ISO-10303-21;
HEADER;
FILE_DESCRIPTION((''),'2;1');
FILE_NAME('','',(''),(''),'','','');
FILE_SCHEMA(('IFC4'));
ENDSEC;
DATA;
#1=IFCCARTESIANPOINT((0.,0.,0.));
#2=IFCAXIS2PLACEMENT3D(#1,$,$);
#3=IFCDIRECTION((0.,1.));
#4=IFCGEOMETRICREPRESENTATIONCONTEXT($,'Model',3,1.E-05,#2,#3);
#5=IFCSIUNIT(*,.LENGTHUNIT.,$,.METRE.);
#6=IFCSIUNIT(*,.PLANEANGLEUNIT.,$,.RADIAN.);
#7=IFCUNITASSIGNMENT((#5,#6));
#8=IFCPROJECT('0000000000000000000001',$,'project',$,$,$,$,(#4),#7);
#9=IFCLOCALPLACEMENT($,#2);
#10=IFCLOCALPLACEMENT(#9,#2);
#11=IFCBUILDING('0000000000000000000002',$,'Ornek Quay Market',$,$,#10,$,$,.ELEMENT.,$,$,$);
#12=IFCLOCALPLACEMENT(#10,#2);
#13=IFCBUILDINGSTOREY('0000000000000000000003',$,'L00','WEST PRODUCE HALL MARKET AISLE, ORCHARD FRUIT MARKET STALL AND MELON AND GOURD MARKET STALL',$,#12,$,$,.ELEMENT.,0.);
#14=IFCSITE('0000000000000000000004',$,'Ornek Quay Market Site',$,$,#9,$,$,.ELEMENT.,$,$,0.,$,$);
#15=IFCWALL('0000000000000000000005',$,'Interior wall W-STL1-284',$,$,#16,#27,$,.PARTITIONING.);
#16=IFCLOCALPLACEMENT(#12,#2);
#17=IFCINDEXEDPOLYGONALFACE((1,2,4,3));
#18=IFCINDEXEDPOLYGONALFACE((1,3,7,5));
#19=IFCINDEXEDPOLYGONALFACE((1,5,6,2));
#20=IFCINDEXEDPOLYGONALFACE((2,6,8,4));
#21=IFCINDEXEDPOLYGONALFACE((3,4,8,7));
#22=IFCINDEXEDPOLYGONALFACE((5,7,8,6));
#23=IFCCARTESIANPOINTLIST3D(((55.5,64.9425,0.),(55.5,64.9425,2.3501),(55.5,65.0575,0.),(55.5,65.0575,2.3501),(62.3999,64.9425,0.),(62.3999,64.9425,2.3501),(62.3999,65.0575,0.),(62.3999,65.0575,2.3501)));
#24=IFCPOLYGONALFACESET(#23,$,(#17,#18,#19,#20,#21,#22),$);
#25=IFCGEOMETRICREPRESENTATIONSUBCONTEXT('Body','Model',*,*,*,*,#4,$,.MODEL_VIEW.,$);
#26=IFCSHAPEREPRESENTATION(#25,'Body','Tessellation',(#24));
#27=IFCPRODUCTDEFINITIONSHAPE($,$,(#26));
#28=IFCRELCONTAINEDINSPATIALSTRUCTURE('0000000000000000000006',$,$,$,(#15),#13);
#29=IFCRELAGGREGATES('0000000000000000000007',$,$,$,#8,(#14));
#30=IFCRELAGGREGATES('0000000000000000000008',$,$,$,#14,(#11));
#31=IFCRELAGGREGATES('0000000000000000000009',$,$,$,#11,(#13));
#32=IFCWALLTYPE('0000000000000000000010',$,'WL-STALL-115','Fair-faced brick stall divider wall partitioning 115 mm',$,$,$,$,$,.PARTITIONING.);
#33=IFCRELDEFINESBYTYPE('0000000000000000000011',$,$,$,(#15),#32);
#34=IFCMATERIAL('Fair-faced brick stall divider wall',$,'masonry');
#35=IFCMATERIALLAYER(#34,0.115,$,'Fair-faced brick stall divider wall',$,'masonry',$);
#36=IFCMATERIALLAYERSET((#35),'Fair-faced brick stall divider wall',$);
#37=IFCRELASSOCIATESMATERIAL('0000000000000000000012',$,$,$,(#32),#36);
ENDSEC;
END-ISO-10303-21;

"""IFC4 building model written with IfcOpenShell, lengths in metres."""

from ifc_helpers import new_model, si_unit, direction, frame, frame_2d, origin, place, context, subcontext, project, spatial, rectangle, extrude, material, layer, layer_set, type_object, element, save


model = new_model("IFC4")

# Units and contexts
model_context = context("Model", 3, precision=1e-05, world=origin(), true_north=direction((0.0, 1.0)))
body_context = subcontext(model_context, "Body", "Model", "MODEL_VIEW")
ifc_project = project(units=[si_unit("LENGTHUNIT", "METRE"), si_unit("PLANEANGLEUNIT", "RADIAN")], contexts=[model_context])

# Site, building, storey
site_placement = place(None, origin())
site = spatial("IfcSite", under=ifc_project, at=site_placement, Name="Ornek Quay Market Site", CompositionType="ELEMENT", RefElevation=0.0)
building_placement = place(site_placement, origin())
building = spatial("IfcBuilding", under=site, at=building_placement, Name="Ornek Quay Market", CompositionType="ELEMENT")
storey_placement = place(building_placement, origin())
storey = spatial("IfcBuildingStorey", under=building, at=storey_placement, Name="L00", Description="WEST PRODUCE HALL MARKET AISLE, ORCHARD FRUIT MARKET STALL AND MELON AND GOURD MARKET STALL", CompositionType="ELEMENT", Elevation=0.0)

# Wall
ifc_material_1 = material(Name="Fair-faced brick stall divider wall", Category="masonry")
ifc_layer_1 = layer(ifc_material_1, 0.115, Name="Fair-faced brick stall divider wall", Category="masonry")
ifc_layer_set_1 = layer_set([ifc_layer_1], Name="Fair-faced brick stall divider wall")
wall_type_1 = type_object("IfcWallType", Name="WL-STALL-115", Description="Fair-faced brick stall divider wall partitioning 115 mm", PredefinedType="PARTITIONING", material=ifc_layer_set_1)
for number, where, z_axis, x_axis, name in (
    (1, (55.5, 65.0, 0.0), (0.0, 0.0, 1.0), (1.0, 0.0, 0.0), "Interior wall W-STL1-284"),
):
    element("IfcWall", number, at=place(storey_placement, frame(where, z_axis=z_axis, x_axis=x_axis)), inside=storey, type_object=wall_type_1, Name=name, PredefinedType="PARTITIONING", context=body_context, shape_type="SweptSolid", body=[
        extrude(rectangle(XDim=6.8999, YDim=0.115, at=frame_2d((3.45, 0.0))), origin(), (0.0, 0.0, 1.0), 2.3501),
    ])

save(model, "model.ifc")
